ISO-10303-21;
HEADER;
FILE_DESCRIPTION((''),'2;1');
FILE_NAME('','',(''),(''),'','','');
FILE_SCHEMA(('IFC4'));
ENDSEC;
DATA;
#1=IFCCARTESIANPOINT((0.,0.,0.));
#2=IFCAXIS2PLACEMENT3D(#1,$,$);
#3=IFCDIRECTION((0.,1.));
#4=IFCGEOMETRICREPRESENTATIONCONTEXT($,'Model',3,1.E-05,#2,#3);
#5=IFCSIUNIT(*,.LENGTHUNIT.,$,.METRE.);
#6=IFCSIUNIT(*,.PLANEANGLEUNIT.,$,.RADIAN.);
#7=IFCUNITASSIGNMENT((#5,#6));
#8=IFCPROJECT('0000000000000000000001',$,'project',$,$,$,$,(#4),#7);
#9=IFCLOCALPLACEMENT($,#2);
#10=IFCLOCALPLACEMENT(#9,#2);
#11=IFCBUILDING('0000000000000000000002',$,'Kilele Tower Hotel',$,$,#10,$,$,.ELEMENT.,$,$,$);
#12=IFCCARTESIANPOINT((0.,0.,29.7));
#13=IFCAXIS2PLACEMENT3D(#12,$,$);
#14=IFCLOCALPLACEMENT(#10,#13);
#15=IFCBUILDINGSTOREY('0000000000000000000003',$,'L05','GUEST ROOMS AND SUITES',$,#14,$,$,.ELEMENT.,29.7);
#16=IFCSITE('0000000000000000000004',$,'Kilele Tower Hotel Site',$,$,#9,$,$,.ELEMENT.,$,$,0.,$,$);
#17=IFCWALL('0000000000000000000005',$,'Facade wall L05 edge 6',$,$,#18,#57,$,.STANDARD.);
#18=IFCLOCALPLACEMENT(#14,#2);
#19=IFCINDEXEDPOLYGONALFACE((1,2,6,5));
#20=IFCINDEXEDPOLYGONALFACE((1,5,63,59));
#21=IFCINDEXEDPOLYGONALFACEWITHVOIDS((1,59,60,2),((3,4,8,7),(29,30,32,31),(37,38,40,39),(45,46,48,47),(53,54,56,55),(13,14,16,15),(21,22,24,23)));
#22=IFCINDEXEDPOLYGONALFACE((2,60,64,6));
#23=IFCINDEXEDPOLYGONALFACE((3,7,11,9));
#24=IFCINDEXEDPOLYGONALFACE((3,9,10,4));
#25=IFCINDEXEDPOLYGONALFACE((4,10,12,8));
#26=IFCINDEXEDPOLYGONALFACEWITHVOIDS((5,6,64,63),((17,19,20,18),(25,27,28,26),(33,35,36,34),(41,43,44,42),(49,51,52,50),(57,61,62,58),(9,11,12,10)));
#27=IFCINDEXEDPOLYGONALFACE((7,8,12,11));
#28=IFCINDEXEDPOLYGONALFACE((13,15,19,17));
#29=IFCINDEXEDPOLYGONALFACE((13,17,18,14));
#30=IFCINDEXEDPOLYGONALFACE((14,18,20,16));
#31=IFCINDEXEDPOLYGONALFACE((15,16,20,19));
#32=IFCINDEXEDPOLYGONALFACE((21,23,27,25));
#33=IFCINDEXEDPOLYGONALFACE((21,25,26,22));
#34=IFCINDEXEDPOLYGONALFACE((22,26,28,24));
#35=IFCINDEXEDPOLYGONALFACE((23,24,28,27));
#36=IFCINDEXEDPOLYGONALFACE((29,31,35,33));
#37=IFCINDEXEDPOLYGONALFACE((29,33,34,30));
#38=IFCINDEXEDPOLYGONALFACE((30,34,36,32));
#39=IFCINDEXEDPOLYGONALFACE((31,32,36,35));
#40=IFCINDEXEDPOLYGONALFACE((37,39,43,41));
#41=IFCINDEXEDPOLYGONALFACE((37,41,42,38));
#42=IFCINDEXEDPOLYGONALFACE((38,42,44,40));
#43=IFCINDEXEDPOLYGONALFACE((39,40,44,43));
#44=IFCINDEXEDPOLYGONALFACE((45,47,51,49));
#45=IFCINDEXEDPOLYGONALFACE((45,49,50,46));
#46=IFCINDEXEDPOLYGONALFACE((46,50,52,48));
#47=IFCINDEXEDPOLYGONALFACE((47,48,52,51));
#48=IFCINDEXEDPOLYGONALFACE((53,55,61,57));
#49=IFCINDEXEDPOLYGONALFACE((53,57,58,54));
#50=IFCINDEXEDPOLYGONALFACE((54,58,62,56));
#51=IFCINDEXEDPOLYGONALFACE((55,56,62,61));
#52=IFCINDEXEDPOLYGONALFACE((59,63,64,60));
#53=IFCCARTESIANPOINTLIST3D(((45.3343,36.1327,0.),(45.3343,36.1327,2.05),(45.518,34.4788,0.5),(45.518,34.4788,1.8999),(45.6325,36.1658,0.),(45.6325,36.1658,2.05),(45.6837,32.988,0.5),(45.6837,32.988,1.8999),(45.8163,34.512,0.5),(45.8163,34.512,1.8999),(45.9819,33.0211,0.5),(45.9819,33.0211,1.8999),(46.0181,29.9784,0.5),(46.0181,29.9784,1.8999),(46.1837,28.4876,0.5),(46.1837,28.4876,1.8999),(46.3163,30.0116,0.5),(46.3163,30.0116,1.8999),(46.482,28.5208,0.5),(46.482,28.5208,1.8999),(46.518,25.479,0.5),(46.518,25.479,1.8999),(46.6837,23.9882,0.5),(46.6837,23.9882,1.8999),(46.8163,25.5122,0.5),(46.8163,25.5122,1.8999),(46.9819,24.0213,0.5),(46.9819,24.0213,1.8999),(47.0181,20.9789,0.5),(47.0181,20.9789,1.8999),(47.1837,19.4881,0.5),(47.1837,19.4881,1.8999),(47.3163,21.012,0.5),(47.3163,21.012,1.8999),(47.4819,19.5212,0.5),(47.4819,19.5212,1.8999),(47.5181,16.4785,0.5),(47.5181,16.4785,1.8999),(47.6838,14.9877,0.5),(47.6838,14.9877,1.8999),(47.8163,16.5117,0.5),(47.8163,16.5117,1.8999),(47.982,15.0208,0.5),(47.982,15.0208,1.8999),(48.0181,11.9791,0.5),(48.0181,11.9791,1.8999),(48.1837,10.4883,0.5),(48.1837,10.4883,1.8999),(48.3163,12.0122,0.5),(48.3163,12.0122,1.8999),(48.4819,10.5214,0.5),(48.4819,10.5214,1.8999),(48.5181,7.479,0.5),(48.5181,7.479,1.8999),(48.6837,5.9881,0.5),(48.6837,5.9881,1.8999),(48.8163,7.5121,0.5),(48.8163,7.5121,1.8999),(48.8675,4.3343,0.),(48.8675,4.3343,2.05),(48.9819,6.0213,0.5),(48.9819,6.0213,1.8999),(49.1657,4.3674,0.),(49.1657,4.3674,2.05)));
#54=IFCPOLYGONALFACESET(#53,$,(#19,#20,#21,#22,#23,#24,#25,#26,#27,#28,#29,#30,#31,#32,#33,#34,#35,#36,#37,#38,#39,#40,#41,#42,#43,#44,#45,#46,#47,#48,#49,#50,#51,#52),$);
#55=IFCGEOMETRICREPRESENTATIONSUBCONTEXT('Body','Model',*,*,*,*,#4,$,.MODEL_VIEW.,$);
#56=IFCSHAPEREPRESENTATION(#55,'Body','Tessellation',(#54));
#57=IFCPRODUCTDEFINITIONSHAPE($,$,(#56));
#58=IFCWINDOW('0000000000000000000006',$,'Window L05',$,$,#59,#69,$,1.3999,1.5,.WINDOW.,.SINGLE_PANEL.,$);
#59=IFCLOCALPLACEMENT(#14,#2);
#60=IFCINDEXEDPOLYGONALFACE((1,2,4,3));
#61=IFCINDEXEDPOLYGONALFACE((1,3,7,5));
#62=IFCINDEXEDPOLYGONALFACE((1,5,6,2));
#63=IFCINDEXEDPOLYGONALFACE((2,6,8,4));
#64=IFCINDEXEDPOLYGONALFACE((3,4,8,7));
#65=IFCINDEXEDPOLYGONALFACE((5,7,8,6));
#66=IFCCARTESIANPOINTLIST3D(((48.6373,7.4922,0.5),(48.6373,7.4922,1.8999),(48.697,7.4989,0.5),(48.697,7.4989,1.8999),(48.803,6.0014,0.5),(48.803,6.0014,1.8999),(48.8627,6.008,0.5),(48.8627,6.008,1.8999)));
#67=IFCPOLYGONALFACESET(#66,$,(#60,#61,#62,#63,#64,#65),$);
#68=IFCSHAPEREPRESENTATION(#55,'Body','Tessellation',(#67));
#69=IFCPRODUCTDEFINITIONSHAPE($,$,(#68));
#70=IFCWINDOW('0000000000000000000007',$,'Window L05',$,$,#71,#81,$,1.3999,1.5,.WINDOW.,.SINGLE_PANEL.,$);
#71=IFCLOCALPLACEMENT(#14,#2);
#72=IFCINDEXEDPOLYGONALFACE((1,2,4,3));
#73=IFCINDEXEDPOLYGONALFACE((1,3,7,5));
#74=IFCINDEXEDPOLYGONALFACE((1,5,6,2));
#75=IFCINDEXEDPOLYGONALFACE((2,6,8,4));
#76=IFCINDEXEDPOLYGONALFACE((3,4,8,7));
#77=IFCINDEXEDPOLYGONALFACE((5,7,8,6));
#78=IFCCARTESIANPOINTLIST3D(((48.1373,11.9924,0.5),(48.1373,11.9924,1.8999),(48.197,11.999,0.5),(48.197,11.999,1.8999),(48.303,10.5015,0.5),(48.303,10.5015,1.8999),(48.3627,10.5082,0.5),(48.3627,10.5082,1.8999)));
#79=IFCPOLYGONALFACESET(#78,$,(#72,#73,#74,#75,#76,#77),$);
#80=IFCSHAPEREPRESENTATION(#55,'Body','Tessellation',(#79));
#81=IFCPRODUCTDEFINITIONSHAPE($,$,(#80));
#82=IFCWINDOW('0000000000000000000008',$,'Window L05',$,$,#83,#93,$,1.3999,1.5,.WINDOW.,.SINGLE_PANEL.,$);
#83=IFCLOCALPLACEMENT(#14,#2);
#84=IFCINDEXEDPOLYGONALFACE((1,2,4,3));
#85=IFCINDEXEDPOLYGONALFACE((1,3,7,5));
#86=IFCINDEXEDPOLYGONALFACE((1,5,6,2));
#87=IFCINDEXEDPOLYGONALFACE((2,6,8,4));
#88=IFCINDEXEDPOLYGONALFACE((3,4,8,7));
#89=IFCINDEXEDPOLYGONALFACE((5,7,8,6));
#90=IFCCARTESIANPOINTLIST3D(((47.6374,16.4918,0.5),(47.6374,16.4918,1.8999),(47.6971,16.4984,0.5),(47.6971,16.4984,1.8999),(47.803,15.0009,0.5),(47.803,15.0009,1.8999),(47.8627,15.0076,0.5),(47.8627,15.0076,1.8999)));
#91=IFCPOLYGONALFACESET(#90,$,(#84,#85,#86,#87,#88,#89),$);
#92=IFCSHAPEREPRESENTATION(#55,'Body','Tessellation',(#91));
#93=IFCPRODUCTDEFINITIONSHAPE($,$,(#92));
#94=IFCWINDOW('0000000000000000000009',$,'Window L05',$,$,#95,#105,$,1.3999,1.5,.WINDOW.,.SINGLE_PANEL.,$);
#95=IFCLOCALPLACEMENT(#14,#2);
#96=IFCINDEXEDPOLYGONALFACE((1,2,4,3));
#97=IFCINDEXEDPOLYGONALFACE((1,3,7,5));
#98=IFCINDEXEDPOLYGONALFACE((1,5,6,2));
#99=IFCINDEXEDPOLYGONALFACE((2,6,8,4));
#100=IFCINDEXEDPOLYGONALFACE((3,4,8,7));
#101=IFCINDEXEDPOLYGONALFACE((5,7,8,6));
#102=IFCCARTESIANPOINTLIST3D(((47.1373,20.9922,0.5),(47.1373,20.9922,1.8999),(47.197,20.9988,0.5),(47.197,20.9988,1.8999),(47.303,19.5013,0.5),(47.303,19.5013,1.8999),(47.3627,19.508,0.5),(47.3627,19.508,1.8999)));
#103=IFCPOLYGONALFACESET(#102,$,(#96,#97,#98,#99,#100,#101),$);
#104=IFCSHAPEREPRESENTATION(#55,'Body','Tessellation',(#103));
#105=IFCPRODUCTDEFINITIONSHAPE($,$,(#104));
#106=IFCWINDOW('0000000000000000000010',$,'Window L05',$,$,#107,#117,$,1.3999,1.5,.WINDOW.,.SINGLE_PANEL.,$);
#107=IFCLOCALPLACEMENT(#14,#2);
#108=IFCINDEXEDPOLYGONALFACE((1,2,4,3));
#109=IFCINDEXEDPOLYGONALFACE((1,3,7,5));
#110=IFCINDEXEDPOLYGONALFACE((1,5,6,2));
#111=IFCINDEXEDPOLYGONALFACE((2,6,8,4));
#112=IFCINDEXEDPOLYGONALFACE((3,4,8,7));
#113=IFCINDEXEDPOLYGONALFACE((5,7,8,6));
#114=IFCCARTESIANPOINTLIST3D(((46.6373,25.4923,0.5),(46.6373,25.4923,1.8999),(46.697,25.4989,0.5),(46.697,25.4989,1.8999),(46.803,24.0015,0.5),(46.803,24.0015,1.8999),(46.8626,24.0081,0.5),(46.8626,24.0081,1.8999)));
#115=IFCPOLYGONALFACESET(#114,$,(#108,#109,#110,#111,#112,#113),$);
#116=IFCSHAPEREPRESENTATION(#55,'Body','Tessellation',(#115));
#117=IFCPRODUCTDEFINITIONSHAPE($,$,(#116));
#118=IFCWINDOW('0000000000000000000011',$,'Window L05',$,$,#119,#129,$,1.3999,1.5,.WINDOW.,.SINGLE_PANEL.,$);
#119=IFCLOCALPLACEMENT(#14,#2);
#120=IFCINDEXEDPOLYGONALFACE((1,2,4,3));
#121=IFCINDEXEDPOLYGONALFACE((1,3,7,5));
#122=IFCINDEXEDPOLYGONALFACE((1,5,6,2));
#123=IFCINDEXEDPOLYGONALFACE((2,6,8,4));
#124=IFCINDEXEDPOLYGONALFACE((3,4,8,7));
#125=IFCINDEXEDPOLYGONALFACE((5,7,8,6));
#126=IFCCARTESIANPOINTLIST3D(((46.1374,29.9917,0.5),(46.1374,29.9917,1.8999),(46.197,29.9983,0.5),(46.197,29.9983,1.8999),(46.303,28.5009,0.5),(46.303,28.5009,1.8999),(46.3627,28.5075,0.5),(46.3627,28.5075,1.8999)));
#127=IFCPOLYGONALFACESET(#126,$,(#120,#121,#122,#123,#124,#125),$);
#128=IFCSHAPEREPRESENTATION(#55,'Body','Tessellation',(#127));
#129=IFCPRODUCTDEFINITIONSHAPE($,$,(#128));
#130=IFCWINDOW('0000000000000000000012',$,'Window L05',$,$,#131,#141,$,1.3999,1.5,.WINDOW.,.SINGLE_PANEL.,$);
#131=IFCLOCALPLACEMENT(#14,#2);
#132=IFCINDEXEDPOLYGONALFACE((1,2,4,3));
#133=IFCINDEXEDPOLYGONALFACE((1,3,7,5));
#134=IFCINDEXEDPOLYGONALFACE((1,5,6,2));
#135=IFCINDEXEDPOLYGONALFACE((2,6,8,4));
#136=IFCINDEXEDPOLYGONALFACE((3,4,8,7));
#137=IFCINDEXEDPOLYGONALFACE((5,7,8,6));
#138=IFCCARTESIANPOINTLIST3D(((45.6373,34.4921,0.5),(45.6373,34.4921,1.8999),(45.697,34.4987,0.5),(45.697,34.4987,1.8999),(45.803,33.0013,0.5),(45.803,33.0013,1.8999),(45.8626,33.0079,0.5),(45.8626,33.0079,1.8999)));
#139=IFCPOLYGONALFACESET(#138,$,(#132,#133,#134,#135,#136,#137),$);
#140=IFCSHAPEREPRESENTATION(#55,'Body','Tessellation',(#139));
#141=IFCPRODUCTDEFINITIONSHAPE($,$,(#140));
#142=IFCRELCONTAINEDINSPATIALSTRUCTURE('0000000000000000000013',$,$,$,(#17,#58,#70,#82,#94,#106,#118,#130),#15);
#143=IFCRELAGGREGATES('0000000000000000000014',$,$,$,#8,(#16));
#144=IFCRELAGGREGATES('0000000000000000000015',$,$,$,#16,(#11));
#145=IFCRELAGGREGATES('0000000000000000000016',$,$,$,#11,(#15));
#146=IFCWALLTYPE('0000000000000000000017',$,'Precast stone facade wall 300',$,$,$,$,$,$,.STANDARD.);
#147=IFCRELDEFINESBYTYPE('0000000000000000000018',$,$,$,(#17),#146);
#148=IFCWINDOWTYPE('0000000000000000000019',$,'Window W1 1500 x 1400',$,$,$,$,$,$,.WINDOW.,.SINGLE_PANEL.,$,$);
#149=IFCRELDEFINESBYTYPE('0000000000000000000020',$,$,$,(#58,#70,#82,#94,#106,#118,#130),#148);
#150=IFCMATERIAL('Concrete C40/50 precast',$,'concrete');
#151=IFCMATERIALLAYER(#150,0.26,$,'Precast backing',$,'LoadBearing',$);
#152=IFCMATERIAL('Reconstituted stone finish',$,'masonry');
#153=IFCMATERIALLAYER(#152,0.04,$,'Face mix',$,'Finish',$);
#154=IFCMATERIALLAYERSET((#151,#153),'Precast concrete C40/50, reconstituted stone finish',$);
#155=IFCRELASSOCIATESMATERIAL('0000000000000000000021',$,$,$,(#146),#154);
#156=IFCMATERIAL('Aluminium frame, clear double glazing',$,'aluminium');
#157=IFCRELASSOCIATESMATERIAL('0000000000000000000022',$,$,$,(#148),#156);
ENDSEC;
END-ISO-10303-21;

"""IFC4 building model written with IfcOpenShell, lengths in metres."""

from ifc_helpers import new_model, si_unit, direction, frame, frame_2d, origin, place, context, subcontext, project, spatial, rectangle, extrude, material, layer, layer_set, type_object, element, fill, save


model = new_model("IFC4")

# Units and contexts
model_context = context("Model", 3, precision=1e-05, world=origin(), true_north=direction((0.0, 1.0)))
body_context = subcontext(model_context, "Body", "Model", "MODEL_VIEW")
ifc_project = project(units=[si_unit("LENGTHUNIT", "METRE"), si_unit("PLANEANGLEUNIT", "RADIAN")], contexts=[model_context])

# Site, building, storey
site_placement = place(None, origin())
site = spatial("IfcSite", under=ifc_project, at=site_placement, Name="Kilele Tower Hotel Site", CompositionType="ELEMENT", RefElevation=0.0)
building_placement = place(site_placement, origin())
building = spatial("IfcBuilding", under=site, at=building_placement, Name="Kilele Tower Hotel", CompositionType="ELEMENT")
storey_placement = place(building_placement, frame((0.0, 0.0, 29.7)))
storey = spatial("IfcBuildingStorey", under=building, at=storey_placement, Name="L05", Description="GUEST ROOMS AND SUITES", CompositionType="ELEMENT", Elevation=29.7)

# Shared definitions
ifc_material_1 = material(Name="Concrete C40/50 precast", Category="concrete")
ifc_layer_1 = layer(ifc_material_1, 0.26, Name="Precast backing", Category="LoadBearing")
ifc_material_2 = material(Name="Reconstituted stone finish", Category="masonry")
ifc_layer_2 = layer(ifc_material_2, 0.04, Name="Face mix", Category="Finish")
ifc_layer_set_1 = layer_set([ifc_layer_1, ifc_layer_2], Name="Precast concrete C40/50, reconstituted stone finish")
wall_type_1 = type_object("IfcWallType", Name="Precast stone facade wall 300", PredefinedType="STANDARD", material=ifc_layer_set_1)
ifc_material_3 = material(Name="Aluminium frame, clear double glazing", Category="aluminium")
window_type_1 = type_object("IfcWindowType", Name="Window W1 1500 x 1400", PartitioningType="SINGLE_PANEL", PredefinedType="WINDOW", material=ifc_material_3)

# Wall, openings, windows
wall_1_placement = place(storey_placement, frame((49.0166, 4.3508, 0.0), z_axis=(0.0, 0.0, 1.0), x_axis=(-0.110433, 0.993884, 0.0)))
wall_1 = element("IfcWall", 1, at=wall_1_placement, inside=storey, type_object=wall_type_1, Name="Facade wall L05 edge 6", PredefinedType="STANDARD", context=body_context, shape_type="SweptSolid", body=[
    extrude(rectangle(XDim=31.9941, YDim=0.3, at=frame_2d((15.9971, 0.0))), origin(), (0.0, 0.0, 1.0), 2.05),
])
opening_1_placement = place(wall_1_placement, frame((1.6641, 0.0, 0.5)))
opening_1 = element("IfcOpeningElement", 2, at=opening_1_placement, cuts=wall_1, PredefinedType="OPENING", context=body_context, shape_type="SweptSolid", body=[
    extrude(rectangle(XDim=1.5, YDim=1.3999, at=frame_2d((0.75, 0.7))), frame((0.0, 0.1599, 0.0), z_axis=(0.0, -1.0, 0.0), x_axis=(1.0, 0.0, 0.0)), (0.0, 0.0, 1.0), 0.3201),
])
opening_2_placement = place(wall_1_placement, frame((6.1919, 0.0, 0.5)))
opening_2 = element("IfcOpeningElement", 3, at=opening_2_placement, cuts=wall_1, PredefinedType="OPENING", context=body_context, shape_type="SweptSolid", body=[
    extrude(rectangle(XDim=1.5, YDim=1.3999, at=frame_2d((0.75, 0.7))), frame((0.0, 0.1599, 0.0), z_axis=(0.0, -1.0, 0.0), x_axis=(1.0, 0.0, 0.0)), (0.0, 0.0, 1.0), 0.3201),
])
opening_3_placement = place(wall_1_placement, frame((10.719, 0.0, 0.5)))
opening_3 = element("IfcOpeningElement", 4, at=opening_3_placement, cuts=wall_1, PredefinedType="OPENING", context=body_context, shape_type="SweptSolid", body=[
    extrude(rectangle(XDim=1.5, YDim=1.3999, at=frame_2d((0.75, 0.7))), frame((0.0, 0.1599, 0.0), z_axis=(0.0, -1.0, 0.0), x_axis=(1.0, 0.0, 0.0)), (0.0, 0.0, 1.0), 0.3201),
])
opening_4_placement = place(wall_1_placement, frame((15.2471, 0.0, 0.5)))
opening_4 = element("IfcOpeningElement", 5, at=opening_4_placement, cuts=wall_1, PredefinedType="OPENING", context=body_context, shape_type="SweptSolid", body=[
    extrude(rectangle(XDim=1.5, YDim=1.3999, at=frame_2d((0.75, 0.7))), frame((0.0, 0.1599, 0.0), z_axis=(0.0, -1.0, 0.0), x_axis=(1.0, 0.0, 0.0)), (0.0, 0.0, 1.0), 0.3201),
])
opening_5_placement = place(wall_1_placement, frame((19.7749, 0.0, 0.5)))
opening_5 = element("IfcOpeningElement", 6, at=opening_5_placement, cuts=wall_1, PredefinedType="OPENING", context=body_context, shape_type="SweptSolid", body=[
    extrude(rectangle(XDim=1.5, YDim=1.3999, at=frame_2d((0.75, 0.7))), frame((0.0, 0.1599, 0.0), z_axis=(0.0, -1.0, 0.0), x_axis=(1.0, 0.0, 0.0)), (0.0, 0.0, 1.0), 0.3201),
])
opening_6_placement = place(wall_1_placement, frame((24.302, 0.0, 0.5)))
opening_6 = element("IfcOpeningElement", 7, at=opening_6_placement, cuts=wall_1, PredefinedType="OPENING", context=body_context, shape_type="SweptSolid", body=[
    extrude(rectangle(XDim=1.5, YDim=1.3999, at=frame_2d((0.75, 0.7))), frame((0.0, 0.1599, 0.0), z_axis=(0.0, -1.0, 0.0), x_axis=(1.0, 0.0, 0.0)), (0.0, 0.0, 1.0), 0.3201),
])
opening_7_placement = place(wall_1_placement, frame((28.8301, 0.0, 0.5)))
opening_7 = element("IfcOpeningElement", 8, at=opening_7_placement, cuts=wall_1, PredefinedType="OPENING", context=body_context, shape_type="SweptSolid", body=[
    extrude(rectangle(XDim=1.5, YDim=1.3999, at=frame_2d((0.75, 0.7))), frame((0.0, 0.1599, 0.0), z_axis=(0.0, -1.0, 0.0), x_axis=(1.0, 0.0, 0.0)), (0.0, 0.0, 1.0), 0.3201),
])
window_1_placement = place(opening_1_placement, origin())
window_1 = element("IfcWindow", 9, at=window_1_placement, inside=storey, type_object=window_type_1, Name="Window L05", OverallHeight=1.3999, OverallWidth=1.5, PartitioningType="SINGLE_PANEL", PredefinedType="WINDOW", context=body_context, shape_type="SweptSolid", body=[
    extrude(rectangle(XDim=1.5, YDim=1.3999, at=frame_2d((0.75, 0.7))), frame((0.0, 0.03, 0.0), z_axis=(0.0, -1.0, 0.0), x_axis=(1.0, 0.0, 0.0)), (0.0, 0.0, 1.0), 0.0601),
])
fill(opening_1, window_1)
window_2_placement = place(opening_2_placement, origin())
window_2 = element("IfcWindow", 10, at=window_2_placement, inside=storey, type_object=window_type_1, Name="Window L05", OverallHeight=1.3999, OverallWidth=1.5, PartitioningType="SINGLE_PANEL", PredefinedType="WINDOW", context=body_context, shape_type="SweptSolid", body=[
    extrude(rectangle(XDim=1.5, YDim=1.3999, at=frame_2d((0.75, 0.7))), frame((0.0, 0.03, 0.0), z_axis=(0.0, -1.0, 0.0), x_axis=(1.0, 0.0, 0.0)), (0.0, 0.0, 1.0), 0.0601),
])
fill(opening_2, window_2)
window_3_placement = place(opening_3_placement, origin())
window_3 = element("IfcWindow", 11, at=window_3_placement, inside=storey, type_object=window_type_1, Name="Window L05", OverallHeight=1.3999, OverallWidth=1.5, PartitioningType="SINGLE_PANEL", PredefinedType="WINDOW", context=body_context, shape_type="SweptSolid", body=[
    extrude(rectangle(XDim=1.5, YDim=1.3999, at=frame_2d((0.75, 0.7))), frame((0.0, 0.03, 0.0), z_axis=(0.0, -1.0, 0.0), x_axis=(1.0, 0.0, 0.0)), (0.0, 0.0, 1.0), 0.0601),
])
fill(opening_3, window_3)
window_4_placement = place(opening_4_placement, origin())
window_4 = element("IfcWindow", 12, at=window_4_placement, inside=storey, type_object=window_type_1, Name="Window L05", OverallHeight=1.3999, OverallWidth=1.5, PartitioningType="SINGLE_PANEL", PredefinedType="WINDOW", context=body_context, shape_type="SweptSolid", body=[
    extrude(rectangle(XDim=1.5, YDim=1.3999, at=frame_2d((0.75, 0.7))), frame((0.0, 0.03, 0.0), z_axis=(0.0, -1.0, 0.0), x_axis=(1.0, 0.0, 0.0)), (0.0, 0.0, 1.0), 0.0601),
])
fill(opening_4, window_4)
window_5_placement = place(opening_5_placement, origin())
window_5 = element("IfcWindow", 13, at=window_5_placement, inside=storey, type_object=window_type_1, Name="Window L05", OverallHeight=1.3999, OverallWidth=1.5, PartitioningType="SINGLE_PANEL", PredefinedType="WINDOW", context=body_context, shape_type="SweptSolid", body=[
    extrude(rectangle(XDim=1.5, YDim=1.3999, at=frame_2d((0.75, 0.7))), frame((0.0, 0.03, 0.0), z_axis=(0.0, -1.0, 0.0), x_axis=(1.0, 0.0, 0.0)), (0.0, 0.0, 1.0), 0.0601),
])
fill(opening_5, window_5)
window_6_placement = place(opening_6_placement, origin())
window_6 = element("IfcWindow", 14, at=window_6_placement, inside=storey, type_object=window_type_1, Name="Window L05", OverallHeight=1.3999, OverallWidth=1.5, PartitioningType="SINGLE_PANEL", PredefinedType="WINDOW", context=body_context, shape_type="SweptSolid", body=[
    extrude(rectangle(XDim=1.5, YDim=1.3999, at=frame_2d((0.75, 0.7))), frame((0.0, 0.03, 0.0), z_axis=(0.0, -1.0, 0.0), x_axis=(1.0, 0.0, 0.0)), (0.0, 0.0, 1.0), 0.0601),
])
fill(opening_6, window_6)
window_7_placement = place(opening_7_placement, origin())
window_7 = element("IfcWindow", 15, at=window_7_placement, inside=storey, type_object=window_type_1, Name="Window L05", OverallHeight=1.3999, OverallWidth=1.5, PartitioningType="SINGLE_PANEL", PredefinedType="WINDOW", context=body_context, shape_type="SweptSolid", body=[
    extrude(rectangle(XDim=1.5, YDim=1.3999, at=frame_2d((0.75, 0.7))), frame((0.0, 0.03, 0.0), z_axis=(0.0, -1.0, 0.0), x_axis=(1.0, 0.0, 0.0)), (0.0, 0.0, 1.0), 0.0601),
])
fill(opening_7, window_7)

save(model, "model.ifc")
